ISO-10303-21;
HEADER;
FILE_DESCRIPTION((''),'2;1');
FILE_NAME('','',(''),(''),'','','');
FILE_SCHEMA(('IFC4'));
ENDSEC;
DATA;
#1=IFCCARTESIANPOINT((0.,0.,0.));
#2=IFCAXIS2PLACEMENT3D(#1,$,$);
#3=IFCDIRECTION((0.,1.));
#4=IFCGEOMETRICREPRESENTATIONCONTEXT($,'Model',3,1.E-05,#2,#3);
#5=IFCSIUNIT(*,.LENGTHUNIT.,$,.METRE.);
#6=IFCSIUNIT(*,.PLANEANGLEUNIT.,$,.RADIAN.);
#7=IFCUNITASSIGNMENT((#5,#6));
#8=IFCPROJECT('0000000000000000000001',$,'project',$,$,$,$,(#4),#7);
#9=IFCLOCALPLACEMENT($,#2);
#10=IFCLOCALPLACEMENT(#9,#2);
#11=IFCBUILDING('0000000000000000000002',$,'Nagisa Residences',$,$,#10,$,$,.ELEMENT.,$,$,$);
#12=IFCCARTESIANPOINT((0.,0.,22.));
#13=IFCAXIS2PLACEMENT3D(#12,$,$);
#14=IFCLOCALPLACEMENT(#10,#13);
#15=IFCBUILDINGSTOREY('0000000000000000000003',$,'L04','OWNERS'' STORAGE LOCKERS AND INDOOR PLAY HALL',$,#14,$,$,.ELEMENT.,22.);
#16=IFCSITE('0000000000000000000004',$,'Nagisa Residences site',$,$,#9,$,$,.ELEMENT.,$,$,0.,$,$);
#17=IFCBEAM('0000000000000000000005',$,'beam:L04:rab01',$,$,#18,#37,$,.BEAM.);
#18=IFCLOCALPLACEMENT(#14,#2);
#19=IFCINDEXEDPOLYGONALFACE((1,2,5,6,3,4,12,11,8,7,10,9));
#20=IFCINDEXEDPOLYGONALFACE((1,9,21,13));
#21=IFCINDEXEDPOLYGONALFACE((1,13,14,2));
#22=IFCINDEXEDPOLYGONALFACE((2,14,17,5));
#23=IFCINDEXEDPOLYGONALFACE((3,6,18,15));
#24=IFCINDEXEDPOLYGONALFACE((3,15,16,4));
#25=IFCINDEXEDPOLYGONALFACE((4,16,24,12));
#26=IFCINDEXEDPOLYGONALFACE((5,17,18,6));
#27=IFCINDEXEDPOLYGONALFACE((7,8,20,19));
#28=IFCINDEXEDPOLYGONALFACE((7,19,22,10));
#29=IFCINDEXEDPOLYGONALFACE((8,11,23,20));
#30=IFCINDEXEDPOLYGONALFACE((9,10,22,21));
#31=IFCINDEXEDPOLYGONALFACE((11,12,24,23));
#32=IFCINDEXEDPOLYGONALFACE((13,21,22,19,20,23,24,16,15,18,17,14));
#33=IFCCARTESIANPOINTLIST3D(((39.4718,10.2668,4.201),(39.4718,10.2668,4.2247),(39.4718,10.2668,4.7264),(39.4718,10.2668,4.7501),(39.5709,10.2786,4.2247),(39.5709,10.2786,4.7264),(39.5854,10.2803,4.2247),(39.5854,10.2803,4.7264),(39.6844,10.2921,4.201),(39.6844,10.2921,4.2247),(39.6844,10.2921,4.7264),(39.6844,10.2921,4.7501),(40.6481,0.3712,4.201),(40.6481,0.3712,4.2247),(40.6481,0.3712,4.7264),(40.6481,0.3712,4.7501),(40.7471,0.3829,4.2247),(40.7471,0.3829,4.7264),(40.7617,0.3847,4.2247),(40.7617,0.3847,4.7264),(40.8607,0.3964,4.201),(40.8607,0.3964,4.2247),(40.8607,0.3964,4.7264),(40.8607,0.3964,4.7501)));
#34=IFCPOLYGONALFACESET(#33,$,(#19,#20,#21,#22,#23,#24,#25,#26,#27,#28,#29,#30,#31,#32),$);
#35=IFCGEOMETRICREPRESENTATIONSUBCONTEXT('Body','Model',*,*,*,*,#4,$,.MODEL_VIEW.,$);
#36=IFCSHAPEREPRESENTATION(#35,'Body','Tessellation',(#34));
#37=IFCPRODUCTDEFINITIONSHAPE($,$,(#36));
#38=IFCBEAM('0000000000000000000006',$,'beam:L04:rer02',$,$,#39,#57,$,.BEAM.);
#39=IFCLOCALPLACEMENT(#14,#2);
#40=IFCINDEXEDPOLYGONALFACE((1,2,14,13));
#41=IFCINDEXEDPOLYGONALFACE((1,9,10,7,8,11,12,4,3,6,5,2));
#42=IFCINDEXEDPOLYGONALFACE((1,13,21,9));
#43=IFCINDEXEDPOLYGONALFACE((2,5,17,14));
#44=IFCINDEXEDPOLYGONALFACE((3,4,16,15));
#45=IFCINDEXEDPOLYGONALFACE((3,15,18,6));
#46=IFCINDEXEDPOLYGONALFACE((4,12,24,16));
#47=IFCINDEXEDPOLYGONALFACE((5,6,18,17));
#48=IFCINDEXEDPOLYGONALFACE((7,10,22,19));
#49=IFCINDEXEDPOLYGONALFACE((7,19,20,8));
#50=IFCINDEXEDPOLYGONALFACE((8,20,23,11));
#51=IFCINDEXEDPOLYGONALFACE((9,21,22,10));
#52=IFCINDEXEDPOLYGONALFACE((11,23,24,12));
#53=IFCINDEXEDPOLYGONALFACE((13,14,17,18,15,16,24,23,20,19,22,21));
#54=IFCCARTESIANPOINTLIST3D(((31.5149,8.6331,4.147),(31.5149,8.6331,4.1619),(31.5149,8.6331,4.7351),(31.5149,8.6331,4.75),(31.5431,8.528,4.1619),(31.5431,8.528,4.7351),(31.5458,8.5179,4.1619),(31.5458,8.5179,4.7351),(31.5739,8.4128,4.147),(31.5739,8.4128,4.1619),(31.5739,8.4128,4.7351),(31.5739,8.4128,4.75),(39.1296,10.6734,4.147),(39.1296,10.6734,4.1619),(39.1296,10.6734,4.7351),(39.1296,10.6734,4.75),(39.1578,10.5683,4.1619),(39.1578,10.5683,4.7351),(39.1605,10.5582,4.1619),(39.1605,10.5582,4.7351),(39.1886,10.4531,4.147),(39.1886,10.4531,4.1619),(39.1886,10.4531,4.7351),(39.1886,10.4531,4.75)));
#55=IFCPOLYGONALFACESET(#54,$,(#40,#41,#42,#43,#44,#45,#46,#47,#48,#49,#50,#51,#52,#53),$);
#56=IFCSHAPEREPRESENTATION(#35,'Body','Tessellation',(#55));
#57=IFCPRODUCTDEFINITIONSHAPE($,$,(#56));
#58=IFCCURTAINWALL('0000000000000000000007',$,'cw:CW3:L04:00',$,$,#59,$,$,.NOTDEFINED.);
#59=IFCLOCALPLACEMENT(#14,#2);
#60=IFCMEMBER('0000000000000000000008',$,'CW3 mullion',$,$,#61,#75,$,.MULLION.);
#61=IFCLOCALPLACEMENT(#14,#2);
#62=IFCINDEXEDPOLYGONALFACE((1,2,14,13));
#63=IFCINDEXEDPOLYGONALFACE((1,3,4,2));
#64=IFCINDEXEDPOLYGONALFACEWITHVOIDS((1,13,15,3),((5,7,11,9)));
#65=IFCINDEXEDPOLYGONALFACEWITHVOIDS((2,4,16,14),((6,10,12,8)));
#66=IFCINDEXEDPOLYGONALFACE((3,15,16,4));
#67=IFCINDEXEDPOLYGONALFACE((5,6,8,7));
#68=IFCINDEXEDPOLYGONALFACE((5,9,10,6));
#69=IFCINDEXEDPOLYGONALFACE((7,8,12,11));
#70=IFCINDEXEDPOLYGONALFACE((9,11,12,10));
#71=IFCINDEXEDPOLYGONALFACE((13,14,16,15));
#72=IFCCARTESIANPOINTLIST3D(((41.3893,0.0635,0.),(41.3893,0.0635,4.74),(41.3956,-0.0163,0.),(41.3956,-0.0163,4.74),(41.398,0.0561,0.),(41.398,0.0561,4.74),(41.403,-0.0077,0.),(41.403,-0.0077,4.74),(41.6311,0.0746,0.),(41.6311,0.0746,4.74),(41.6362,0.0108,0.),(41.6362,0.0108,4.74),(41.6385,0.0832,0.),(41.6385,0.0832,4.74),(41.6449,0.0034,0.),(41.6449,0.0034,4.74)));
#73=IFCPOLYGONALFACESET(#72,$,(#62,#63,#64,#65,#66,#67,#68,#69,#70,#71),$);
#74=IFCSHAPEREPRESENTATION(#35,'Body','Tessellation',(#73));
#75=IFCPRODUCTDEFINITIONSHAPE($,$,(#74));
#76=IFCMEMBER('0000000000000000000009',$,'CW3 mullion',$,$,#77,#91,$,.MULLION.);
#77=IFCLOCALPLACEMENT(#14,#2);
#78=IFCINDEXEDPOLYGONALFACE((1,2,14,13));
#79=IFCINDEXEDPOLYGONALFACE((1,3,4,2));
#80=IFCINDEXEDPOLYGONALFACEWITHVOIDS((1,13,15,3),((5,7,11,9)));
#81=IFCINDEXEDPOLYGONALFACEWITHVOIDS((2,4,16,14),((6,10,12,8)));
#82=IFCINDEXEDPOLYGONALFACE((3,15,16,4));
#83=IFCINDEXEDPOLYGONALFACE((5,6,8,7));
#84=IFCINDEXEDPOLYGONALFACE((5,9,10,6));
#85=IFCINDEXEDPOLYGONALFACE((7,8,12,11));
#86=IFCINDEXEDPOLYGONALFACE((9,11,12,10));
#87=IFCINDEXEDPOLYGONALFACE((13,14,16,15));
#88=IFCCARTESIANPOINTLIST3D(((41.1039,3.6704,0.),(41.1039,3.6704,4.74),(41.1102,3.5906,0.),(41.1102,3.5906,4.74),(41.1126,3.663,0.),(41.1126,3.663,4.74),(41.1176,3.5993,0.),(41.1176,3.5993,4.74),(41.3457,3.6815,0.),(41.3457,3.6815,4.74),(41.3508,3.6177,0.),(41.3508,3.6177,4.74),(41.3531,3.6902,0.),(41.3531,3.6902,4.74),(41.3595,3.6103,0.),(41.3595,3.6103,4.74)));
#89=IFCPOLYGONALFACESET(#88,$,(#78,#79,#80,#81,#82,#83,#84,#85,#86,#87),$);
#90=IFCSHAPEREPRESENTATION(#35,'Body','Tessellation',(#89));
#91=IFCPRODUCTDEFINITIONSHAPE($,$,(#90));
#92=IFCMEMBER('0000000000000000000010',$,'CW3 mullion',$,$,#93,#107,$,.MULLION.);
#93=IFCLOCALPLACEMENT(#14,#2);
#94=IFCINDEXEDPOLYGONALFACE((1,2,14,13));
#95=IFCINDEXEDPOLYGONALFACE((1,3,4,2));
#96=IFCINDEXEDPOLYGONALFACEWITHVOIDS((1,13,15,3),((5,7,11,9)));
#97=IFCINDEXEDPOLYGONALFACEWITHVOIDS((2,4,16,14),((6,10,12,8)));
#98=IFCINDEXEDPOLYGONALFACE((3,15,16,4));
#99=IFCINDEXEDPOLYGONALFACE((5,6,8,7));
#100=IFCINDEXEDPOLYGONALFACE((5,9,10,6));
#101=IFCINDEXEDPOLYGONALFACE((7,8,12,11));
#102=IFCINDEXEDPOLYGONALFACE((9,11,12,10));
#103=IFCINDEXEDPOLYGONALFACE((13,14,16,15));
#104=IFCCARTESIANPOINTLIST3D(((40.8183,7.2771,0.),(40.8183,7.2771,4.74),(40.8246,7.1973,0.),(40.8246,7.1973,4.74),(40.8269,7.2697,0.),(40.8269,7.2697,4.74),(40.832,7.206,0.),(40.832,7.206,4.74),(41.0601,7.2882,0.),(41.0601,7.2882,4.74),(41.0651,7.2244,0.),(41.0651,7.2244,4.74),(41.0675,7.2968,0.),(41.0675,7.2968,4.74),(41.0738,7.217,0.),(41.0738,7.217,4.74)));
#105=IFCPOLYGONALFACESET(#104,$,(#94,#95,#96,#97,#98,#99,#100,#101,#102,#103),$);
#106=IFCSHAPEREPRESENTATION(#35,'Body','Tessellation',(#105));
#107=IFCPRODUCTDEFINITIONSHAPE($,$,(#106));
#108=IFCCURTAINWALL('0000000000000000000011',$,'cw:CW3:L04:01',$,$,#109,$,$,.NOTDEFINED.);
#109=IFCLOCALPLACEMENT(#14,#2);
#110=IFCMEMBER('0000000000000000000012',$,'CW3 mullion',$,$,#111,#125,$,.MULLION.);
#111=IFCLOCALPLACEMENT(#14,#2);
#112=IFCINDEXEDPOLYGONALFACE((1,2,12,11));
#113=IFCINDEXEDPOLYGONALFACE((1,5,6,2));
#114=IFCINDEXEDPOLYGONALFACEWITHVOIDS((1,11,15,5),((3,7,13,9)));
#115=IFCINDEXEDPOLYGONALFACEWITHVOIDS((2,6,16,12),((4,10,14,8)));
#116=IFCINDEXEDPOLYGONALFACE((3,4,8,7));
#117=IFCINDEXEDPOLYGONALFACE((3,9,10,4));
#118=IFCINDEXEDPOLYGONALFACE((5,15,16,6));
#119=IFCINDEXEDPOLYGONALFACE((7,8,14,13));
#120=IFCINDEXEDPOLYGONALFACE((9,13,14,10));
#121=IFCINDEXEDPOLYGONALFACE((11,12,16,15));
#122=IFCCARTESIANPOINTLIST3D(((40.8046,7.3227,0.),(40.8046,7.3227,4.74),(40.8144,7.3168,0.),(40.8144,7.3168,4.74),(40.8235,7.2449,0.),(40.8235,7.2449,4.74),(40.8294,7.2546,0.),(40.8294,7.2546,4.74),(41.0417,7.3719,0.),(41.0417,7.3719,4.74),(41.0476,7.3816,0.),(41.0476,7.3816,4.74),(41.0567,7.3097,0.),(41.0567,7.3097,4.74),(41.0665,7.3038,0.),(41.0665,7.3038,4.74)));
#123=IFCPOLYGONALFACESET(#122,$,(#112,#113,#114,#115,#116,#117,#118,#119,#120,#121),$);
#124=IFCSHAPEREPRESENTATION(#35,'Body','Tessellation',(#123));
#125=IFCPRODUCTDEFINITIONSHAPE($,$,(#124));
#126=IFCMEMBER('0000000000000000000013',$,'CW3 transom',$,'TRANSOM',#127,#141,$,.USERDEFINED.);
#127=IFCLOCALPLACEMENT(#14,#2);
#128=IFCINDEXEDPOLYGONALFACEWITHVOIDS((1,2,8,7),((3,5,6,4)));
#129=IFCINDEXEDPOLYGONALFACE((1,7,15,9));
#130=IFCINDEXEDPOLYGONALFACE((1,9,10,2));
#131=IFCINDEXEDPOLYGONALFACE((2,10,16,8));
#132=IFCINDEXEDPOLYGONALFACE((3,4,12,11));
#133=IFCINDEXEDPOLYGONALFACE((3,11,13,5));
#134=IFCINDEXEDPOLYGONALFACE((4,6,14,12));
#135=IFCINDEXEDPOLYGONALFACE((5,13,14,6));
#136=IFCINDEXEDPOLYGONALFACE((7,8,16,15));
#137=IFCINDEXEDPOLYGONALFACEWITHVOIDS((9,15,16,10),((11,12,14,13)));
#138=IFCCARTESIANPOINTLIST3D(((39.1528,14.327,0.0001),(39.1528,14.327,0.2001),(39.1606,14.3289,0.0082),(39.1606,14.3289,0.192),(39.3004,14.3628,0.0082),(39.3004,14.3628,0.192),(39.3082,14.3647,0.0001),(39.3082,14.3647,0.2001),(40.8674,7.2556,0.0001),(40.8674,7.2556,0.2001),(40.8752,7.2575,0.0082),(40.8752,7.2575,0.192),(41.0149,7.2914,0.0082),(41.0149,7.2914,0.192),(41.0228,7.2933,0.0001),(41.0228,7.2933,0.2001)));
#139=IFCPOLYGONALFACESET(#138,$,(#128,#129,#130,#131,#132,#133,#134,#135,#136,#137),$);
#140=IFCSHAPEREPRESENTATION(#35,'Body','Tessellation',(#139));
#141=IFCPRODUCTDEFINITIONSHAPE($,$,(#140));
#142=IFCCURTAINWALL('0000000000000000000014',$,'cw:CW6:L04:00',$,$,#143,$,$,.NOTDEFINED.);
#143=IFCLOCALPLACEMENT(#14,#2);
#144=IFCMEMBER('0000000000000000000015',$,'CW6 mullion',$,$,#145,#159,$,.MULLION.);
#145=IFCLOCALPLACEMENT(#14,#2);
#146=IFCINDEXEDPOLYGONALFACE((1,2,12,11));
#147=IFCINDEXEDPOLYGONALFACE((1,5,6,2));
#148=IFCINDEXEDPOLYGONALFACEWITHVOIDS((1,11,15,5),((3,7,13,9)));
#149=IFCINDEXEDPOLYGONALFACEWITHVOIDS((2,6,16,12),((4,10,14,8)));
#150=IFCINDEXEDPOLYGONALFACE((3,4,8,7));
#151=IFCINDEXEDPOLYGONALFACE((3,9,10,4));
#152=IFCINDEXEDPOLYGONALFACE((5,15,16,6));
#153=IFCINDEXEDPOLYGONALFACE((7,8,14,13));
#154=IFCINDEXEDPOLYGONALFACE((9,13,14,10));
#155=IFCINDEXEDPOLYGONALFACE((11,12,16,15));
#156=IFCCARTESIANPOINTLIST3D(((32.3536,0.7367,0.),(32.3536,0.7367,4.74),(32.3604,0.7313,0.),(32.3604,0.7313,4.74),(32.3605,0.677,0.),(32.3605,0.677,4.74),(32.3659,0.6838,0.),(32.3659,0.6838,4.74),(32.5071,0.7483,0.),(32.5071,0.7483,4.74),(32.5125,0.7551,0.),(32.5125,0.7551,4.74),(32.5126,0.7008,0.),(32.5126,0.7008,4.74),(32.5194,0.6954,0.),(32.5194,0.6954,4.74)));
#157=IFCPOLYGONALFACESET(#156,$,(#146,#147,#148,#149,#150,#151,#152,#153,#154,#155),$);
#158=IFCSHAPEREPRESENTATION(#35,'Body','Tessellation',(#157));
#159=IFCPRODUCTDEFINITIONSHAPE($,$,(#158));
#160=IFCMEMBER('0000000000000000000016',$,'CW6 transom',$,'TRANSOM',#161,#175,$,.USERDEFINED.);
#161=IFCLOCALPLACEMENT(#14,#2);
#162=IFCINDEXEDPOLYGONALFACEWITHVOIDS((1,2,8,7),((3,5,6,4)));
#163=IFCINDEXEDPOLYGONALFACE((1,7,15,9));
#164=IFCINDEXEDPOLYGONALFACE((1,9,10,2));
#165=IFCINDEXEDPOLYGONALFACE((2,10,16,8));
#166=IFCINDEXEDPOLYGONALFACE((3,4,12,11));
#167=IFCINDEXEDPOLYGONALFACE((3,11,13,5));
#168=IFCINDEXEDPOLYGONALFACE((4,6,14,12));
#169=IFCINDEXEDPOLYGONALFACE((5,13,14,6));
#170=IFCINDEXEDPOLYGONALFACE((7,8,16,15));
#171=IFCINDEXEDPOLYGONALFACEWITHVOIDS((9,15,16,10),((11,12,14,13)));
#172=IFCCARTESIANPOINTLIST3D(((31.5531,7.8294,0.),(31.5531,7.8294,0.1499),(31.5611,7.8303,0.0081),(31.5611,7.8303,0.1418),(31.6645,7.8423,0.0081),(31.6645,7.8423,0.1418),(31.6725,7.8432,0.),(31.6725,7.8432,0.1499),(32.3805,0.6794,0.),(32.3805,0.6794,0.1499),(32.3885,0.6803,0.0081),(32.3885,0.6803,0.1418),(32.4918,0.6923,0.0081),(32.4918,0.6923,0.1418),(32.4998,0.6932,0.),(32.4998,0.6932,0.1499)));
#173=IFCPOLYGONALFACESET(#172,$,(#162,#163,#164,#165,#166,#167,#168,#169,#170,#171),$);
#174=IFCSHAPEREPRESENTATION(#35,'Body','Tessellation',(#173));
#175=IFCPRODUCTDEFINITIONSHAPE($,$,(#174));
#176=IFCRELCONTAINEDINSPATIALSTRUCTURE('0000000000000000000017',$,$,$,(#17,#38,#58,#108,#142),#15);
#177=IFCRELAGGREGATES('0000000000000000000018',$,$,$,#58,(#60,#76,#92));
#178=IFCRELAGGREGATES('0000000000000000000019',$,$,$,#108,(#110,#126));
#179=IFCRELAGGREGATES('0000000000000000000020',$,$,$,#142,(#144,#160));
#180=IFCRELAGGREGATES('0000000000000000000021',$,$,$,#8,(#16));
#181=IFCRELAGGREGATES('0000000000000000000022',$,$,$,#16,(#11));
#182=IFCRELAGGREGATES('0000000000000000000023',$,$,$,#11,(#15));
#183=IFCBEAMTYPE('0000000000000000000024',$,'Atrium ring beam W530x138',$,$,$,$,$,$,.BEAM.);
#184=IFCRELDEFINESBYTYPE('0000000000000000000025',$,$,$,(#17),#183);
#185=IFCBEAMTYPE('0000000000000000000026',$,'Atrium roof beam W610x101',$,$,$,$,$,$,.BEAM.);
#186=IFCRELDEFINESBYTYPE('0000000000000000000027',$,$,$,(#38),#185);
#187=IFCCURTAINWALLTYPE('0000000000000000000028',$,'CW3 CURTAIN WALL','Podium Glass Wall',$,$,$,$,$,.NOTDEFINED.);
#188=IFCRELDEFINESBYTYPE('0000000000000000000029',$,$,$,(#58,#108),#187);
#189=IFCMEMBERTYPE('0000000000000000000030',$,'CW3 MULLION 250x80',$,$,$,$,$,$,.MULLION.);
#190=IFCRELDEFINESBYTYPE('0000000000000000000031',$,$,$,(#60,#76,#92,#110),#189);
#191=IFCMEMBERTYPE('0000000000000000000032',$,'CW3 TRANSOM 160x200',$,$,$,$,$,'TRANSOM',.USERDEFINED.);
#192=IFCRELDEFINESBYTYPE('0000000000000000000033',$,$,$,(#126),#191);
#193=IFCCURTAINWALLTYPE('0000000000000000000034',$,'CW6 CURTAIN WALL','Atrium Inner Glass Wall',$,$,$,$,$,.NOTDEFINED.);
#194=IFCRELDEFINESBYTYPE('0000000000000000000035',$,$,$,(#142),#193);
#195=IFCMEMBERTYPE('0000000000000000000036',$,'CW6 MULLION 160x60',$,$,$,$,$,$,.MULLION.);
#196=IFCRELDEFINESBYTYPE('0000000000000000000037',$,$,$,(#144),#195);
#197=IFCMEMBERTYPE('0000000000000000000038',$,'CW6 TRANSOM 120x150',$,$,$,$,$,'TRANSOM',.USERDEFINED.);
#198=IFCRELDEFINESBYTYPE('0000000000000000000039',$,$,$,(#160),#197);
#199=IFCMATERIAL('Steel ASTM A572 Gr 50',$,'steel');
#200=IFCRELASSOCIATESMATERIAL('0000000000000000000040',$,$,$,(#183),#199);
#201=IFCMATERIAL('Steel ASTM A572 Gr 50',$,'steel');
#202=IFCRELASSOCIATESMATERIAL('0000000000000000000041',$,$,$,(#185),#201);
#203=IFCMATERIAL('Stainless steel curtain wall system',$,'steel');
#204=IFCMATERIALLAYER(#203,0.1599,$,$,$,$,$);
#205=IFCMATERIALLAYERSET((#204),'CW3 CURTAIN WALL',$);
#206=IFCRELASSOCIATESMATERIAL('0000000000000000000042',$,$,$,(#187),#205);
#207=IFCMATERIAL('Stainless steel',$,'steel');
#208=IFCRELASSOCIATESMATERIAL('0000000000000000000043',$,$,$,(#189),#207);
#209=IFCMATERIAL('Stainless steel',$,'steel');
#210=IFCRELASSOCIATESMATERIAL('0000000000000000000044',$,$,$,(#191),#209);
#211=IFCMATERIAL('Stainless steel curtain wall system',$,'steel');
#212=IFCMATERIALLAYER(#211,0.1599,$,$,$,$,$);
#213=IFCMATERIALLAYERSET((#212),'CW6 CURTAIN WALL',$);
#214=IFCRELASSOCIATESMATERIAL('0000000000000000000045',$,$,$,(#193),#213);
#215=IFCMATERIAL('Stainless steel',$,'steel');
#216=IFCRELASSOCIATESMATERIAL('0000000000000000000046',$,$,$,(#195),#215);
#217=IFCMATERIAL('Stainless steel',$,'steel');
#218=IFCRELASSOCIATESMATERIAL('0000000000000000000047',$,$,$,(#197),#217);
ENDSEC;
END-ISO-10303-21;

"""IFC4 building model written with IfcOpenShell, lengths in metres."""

from ifc_helpers import new_model, si_unit, direction, frame, origin, origin_2d, place, context, subcontext, project, spatial, hollow_rectangle, i_section, extrude, material, layer, layer_set, material_profile, profile_set, type_object, element, aggregate, save


model = new_model("IFC4")

# Units and contexts
model_context = context("Model", 3, precision=1e-05, world=origin(), true_north=direction((0.0, 1.0)))
body_context = subcontext(model_context, "Body", "Model", "MODEL_VIEW")
ifc_project = project(units=[si_unit("LENGTHUNIT", "METRE"), si_unit("PLANEANGLEUNIT", "RADIAN")], contexts=[model_context])

# Site, building, storey
site_placement = place(None, origin())
site = spatial("IfcSite", under=ifc_project, at=site_placement, Name="Nagisa Residences site", CompositionType="ELEMENT", RefElevation=0.0)
building_placement = place(site_placement, origin())
building = spatial("IfcBuilding", under=site, at=building_placement, Name="Nagisa Residences", CompositionType="ELEMENT")
storey_placement = place(building_placement, frame((0.0, 0.0, 22.0)))
storey = spatial("IfcBuildingStorey", under=building, at=storey_placement, Name="L04", Description="OWNERS' STORAGE LOCKERS AND INDOOR PLAY HALL", CompositionType="ELEMENT", Elevation=22.0)

# Beams
ifc_material_1 = material(Name="Steel ASTM A572 Gr 50", Category="steel")
ifc_material_profile_1 = material_profile(ifc_material_1, i_section(OverallWidth=0.2141, OverallDepth=0.5491, WebThickness=0.0146, FlangeThickness=0.0237, at=origin_2d()), Name="W530x138")
ifc_profile_set_1 = profile_set([ifc_material_profile_1], Name="Steel ASTM A572 Gr 50")
beam_type_1 = type_object("IfcBeamType", Name="Atrium ring beam W530x138", PredefinedType="BEAM", material=ifc_profile_set_1)
beam_1_placement = place(storey_placement, frame((40.7544, 0.3838, 4.4756), z_axis=(-0.118035, 0.993009, 0.0), x_axis=(-0.993009, -0.118035, 0.0)))
element("IfcBeam", 1, at=beam_1_placement, inside=storey, type_object=beam_type_1, Name="beam:L04:rab01", PredefinedType="BEAM", context=body_context, shape_type="SweptSolid", body=[
    extrude(i_section(OverallWidth=0.2141, OverallDepth=0.5491, WebThickness=0.0146, FlangeThickness=0.0237, at=origin_2d()), origin(), (0.0, 0.0, 1.0), 9.9653),
])
ifc_material_2 = material(Name="Steel ASTM A572 Gr 50", Category="steel")
ifc_material_profile_2 = material_profile(ifc_material_2, i_section(OverallWidth=0.228, OverallDepth=0.603, WebThickness=0.0105, FlangeThickness=0.0149, at=origin_2d()), Name="W610x101")
ifc_profile_set_2 = profile_set([ifc_material_profile_2], Name="Steel ASTM A572 Gr 50")
beam_type_2 = type_object("IfcBeamType", Name="Atrium roof beam W610x101", PredefinedType="BEAM", material=ifc_profile_set_2)
beam_2_placement = place(storey_placement, frame((31.5444, 8.5229, 4.4485), z_axis=(0.965928, 0.258809, 0.0), x_axis=(-0.258809, 0.965928, 0.0)))
element("IfcBeam", 2, at=beam_2_placement, inside=storey, type_object=beam_type_2, Name="beam:L04:rer02", PredefinedType="BEAM", context=body_context, shape_type="SweptSolid", body=[
    extrude(i_section(OverallWidth=0.228, OverallDepth=0.603, WebThickness=0.0105, FlangeThickness=0.0149, at=origin_2d()), origin(), (0.0, 0.0, 1.0), 7.8833),
])

# Curtain walls, members
ifc_material_3 = material(Name="Stainless steel curtain wall system", Category="steel")
ifc_layer_1 = layer(ifc_material_3, 0.1599)
ifc_layer_set_1 = layer_set([ifc_layer_1], Name="CW3 CURTAIN WALL")
curtain_wall_type_1 = type_object("IfcCurtainWallType", Name="CW3 CURTAIN WALL", Description="Podium Glass Wall", PredefinedType="NOTDEFINED", material=ifc_layer_set_1)
curtain_wall_1_placement = place(storey_placement, origin())
curtain_wall_1 = element("IfcCurtainWall", 3, at=curtain_wall_1_placement, inside=storey, type_object=curtain_wall_type_1, Name="cw:CW3:L04:00", PredefinedType="NOTDEFINED")
ifc_material_4 = material(Name="Stainless steel", Category="steel")
ifc_material_profile_3 = material_profile(ifc_material_4, hollow_rectangle(XDim=0.25, YDim=0.0801, WallThickness=0.0081, at=origin_2d()), Name="CW3 MULLION 250x80")
ifc_profile_set_3 = profile_set([ifc_material_profile_3], Name="Stainless steel")
member_type_1 = type_object("IfcMemberType", Name="CW3 MULLION 250x80", PredefinedType="MULLION", material=ifc_profile_set_3)
member_1_placement = place(storey_placement, frame((41.5171, 0.0334, 0.0), z_axis=(0.0, 0.0, 1.0), x_axis=(-0.996882, -0.07891, 0.0)))
member_1 = element("IfcMember", 4, at=member_1_placement, type_object=member_type_1, Name="CW3 mullion", PredefinedType="MULLION", context=body_context, shape_type="SweptSolid", body=[
    extrude(hollow_rectangle(XDim=0.25, YDim=0.0801, WallThickness=0.0081, at=origin_2d()), origin(), (0.0, 0.0, 1.0), 4.74),
])
member_2_placement = place(storey_placement, frame((41.2317, 3.6404, 0.0), z_axis=(0.0, 0.0, 1.0), x_axis=(-0.996882, -0.07891, 0.0)))
member_2 = element("IfcMember", 5, at=member_2_placement, type_object=member_type_1, Name="CW3 mullion", PredefinedType="MULLION", context=body_context, shape_type="SweptSolid", body=[
    extrude(hollow_rectangle(XDim=0.25, YDim=0.0801, WallThickness=0.0081, at=origin_2d()), origin(), (0.0, 0.0, 1.0), 4.74),
])
member_3_placement = place(storey_placement, frame((40.946, 7.2471, 0.0), z_axis=(0.0, 0.0, 1.0), x_axis=(-0.996882, -0.07891, 0.0)))
member_3 = element("IfcMember", 6, at=member_3_placement, type_object=member_type_1, Name="CW3 mullion", PredefinedType="MULLION", context=body_context, shape_type="SweptSolid", body=[
    extrude(hollow_rectangle(XDim=0.25, YDim=0.0801, WallThickness=0.0081, at=origin_2d()), origin(), (0.0, 0.0, 1.0), 4.74),
])
curtain_wall_2_placement = place(storey_placement, origin())
curtain_wall_2 = element("IfcCurtainWall", 7, at=curtain_wall_2_placement, inside=storey, type_object=curtain_wall_type_1, Name="cw:CW3:L04:01", PredefinedType="NOTDEFINED")
member_4_placement = place(storey_placement, frame((40.9355, 7.3132, 0.0), z_axis=(0.0, 0.0, 1.0), x_axis=(-0.971849, -0.235606, 0.0)))
member_4 = element("IfcMember", 8, at=member_4_placement, type_object=member_type_1, Name="CW3 mullion", PredefinedType="MULLION", context=body_context, shape_type="SweptSolid", body=[
    extrude(hollow_rectangle(XDim=0.25, YDim=0.0801, WallThickness=0.0081, at=origin_2d()), origin(), (0.0, 0.0, 1.0), 4.74),
])
ifc_material_5 = material(Name="Stainless steel", Category="steel")
ifc_material_profile_4 = material_profile(ifc_material_5, hollow_rectangle(XDim=0.1599, YDim=0.2, WallThickness=0.0081, at=origin_2d()), Name="CW3 TRANSOM 160x200")
ifc_profile_set_4 = profile_set([ifc_material_profile_4], Name="Stainless steel")
member_type_2 = type_object("IfcMemberType", Name="CW3 TRANSOM 160x200", ElementType="TRANSOM", PredefinedType="USERDEFINED", material=ifc_profile_set_4)
member_5_placement = place(storey_placement, frame((40.9451, 7.2744, 0.1001), z_axis=(-0.235637, 0.971841, 0.0), x_axis=(-0.971841, -0.235637, 0.0)))
member_5 = element("IfcMember", 9, at=member_5_placement, type_object=member_type_2, Name="CW3 transom", ObjectType="TRANSOM", PredefinedType="USERDEFINED", context=body_context, shape_type="SweptSolid", body=[
    extrude(hollow_rectangle(XDim=0.1599, YDim=0.2, WallThickness=0.0081, at=origin_2d()), origin(), (0.0, 0.0, 1.0), 7.2764),
])
ifc_material_6 = material(Name="Stainless steel curtain wall system", Category="steel")
ifc_layer_2 = layer(ifc_material_6, 0.1599)
ifc_layer_set_2 = layer_set([ifc_layer_2], Name="CW6 CURTAIN WALL")
curtain_wall_type_2 = type_object("IfcCurtainWallType", Name="CW6 CURTAIN WALL", Description="Atrium Inner Glass Wall", PredefinedType="NOTDEFINED", material=ifc_layer_set_2)
curtain_wall_3_placement = place(storey_placement, origin())
curtain_wall_3 = element("IfcCurtainWall", 10, at=curtain_wall_3_placement, inside=storey, type_object=curtain_wall_type_2, Name="cw:CW6:L04:00", PredefinedType="NOTDEFINED")
ifc_material_7 = material(Name="Stainless steel", Category="steel")
ifc_material_profile_5 = material_profile(ifc_material_7, hollow_rectangle(XDim=0.1599, YDim=0.0601, WallThickness=0.0061, at=origin_2d()), Name="CW6 MULLION 160x60")
ifc_profile_set_5 = profile_set([ifc_material_profile_5], Name="Stainless steel")
member_type_3 = type_object("IfcMemberType", Name="CW6 MULLION 160x60", PredefinedType="MULLION", material=ifc_profile_set_5)
member_6_placement = place(storey_placement, frame((32.4365, 0.7161, 0.0), z_axis=(0.0, 0.0, 1.0), x_axis=(-0.993374, -0.114928, 0.0)))
member_6 = element("IfcMember", 11, at=member_6_placement, type_object=member_type_3, Name="CW6 mullion", PredefinedType="MULLION", context=body_context, shape_type="SweptSolid", body=[
    extrude(hollow_rectangle(XDim=0.1599, YDim=0.0601, WallThickness=0.0061, at=origin_2d()), origin(), (0.0, 0.0, 1.0), 4.74),
])
ifc_material_8 = material(Name="Stainless steel", Category="steel")
ifc_material_profile_6 = material_profile(ifc_material_8, hollow_rectangle(XDim=0.1201, YDim=0.1499, WallThickness=0.0081, at=origin_2d()), Name="CW6 TRANSOM 120x150")
ifc_profile_set_6 = profile_set([ifc_material_profile_6], Name="Stainless steel")
member_type_4 = type_object("IfcMemberType", Name="CW6 TRANSOM 120x150", ElementType="TRANSOM", PredefinedType="USERDEFINED", material=ifc_profile_set_6)
member_7_placement = place(storey_placement, frame((32.4402, 0.6863, 0.075), z_axis=(-0.11495, 0.993371, 0.0), x_axis=(-0.993371, -0.11495, 0.0)))
member_7 = element("IfcMember", 12, at=member_7_placement, type_object=member_type_4, Name="CW6 transom", ObjectType="TRANSOM", PredefinedType="USERDEFINED", context=body_context, shape_type="SweptSolid", body=[
    extrude(hollow_rectangle(XDim=0.1201, YDim=0.1499, WallThickness=0.0081, at=origin_2d()), origin(), (0.0, 0.0, 1.0), 7.1978),
])

aggregate(curtain_wall_1, [member_1, member_2, member_3])
aggregate(curtain_wall_2, [member_4, member_5])
aggregate(curtain_wall_3, [member_6, member_7])

save(model, "model.ifc")
